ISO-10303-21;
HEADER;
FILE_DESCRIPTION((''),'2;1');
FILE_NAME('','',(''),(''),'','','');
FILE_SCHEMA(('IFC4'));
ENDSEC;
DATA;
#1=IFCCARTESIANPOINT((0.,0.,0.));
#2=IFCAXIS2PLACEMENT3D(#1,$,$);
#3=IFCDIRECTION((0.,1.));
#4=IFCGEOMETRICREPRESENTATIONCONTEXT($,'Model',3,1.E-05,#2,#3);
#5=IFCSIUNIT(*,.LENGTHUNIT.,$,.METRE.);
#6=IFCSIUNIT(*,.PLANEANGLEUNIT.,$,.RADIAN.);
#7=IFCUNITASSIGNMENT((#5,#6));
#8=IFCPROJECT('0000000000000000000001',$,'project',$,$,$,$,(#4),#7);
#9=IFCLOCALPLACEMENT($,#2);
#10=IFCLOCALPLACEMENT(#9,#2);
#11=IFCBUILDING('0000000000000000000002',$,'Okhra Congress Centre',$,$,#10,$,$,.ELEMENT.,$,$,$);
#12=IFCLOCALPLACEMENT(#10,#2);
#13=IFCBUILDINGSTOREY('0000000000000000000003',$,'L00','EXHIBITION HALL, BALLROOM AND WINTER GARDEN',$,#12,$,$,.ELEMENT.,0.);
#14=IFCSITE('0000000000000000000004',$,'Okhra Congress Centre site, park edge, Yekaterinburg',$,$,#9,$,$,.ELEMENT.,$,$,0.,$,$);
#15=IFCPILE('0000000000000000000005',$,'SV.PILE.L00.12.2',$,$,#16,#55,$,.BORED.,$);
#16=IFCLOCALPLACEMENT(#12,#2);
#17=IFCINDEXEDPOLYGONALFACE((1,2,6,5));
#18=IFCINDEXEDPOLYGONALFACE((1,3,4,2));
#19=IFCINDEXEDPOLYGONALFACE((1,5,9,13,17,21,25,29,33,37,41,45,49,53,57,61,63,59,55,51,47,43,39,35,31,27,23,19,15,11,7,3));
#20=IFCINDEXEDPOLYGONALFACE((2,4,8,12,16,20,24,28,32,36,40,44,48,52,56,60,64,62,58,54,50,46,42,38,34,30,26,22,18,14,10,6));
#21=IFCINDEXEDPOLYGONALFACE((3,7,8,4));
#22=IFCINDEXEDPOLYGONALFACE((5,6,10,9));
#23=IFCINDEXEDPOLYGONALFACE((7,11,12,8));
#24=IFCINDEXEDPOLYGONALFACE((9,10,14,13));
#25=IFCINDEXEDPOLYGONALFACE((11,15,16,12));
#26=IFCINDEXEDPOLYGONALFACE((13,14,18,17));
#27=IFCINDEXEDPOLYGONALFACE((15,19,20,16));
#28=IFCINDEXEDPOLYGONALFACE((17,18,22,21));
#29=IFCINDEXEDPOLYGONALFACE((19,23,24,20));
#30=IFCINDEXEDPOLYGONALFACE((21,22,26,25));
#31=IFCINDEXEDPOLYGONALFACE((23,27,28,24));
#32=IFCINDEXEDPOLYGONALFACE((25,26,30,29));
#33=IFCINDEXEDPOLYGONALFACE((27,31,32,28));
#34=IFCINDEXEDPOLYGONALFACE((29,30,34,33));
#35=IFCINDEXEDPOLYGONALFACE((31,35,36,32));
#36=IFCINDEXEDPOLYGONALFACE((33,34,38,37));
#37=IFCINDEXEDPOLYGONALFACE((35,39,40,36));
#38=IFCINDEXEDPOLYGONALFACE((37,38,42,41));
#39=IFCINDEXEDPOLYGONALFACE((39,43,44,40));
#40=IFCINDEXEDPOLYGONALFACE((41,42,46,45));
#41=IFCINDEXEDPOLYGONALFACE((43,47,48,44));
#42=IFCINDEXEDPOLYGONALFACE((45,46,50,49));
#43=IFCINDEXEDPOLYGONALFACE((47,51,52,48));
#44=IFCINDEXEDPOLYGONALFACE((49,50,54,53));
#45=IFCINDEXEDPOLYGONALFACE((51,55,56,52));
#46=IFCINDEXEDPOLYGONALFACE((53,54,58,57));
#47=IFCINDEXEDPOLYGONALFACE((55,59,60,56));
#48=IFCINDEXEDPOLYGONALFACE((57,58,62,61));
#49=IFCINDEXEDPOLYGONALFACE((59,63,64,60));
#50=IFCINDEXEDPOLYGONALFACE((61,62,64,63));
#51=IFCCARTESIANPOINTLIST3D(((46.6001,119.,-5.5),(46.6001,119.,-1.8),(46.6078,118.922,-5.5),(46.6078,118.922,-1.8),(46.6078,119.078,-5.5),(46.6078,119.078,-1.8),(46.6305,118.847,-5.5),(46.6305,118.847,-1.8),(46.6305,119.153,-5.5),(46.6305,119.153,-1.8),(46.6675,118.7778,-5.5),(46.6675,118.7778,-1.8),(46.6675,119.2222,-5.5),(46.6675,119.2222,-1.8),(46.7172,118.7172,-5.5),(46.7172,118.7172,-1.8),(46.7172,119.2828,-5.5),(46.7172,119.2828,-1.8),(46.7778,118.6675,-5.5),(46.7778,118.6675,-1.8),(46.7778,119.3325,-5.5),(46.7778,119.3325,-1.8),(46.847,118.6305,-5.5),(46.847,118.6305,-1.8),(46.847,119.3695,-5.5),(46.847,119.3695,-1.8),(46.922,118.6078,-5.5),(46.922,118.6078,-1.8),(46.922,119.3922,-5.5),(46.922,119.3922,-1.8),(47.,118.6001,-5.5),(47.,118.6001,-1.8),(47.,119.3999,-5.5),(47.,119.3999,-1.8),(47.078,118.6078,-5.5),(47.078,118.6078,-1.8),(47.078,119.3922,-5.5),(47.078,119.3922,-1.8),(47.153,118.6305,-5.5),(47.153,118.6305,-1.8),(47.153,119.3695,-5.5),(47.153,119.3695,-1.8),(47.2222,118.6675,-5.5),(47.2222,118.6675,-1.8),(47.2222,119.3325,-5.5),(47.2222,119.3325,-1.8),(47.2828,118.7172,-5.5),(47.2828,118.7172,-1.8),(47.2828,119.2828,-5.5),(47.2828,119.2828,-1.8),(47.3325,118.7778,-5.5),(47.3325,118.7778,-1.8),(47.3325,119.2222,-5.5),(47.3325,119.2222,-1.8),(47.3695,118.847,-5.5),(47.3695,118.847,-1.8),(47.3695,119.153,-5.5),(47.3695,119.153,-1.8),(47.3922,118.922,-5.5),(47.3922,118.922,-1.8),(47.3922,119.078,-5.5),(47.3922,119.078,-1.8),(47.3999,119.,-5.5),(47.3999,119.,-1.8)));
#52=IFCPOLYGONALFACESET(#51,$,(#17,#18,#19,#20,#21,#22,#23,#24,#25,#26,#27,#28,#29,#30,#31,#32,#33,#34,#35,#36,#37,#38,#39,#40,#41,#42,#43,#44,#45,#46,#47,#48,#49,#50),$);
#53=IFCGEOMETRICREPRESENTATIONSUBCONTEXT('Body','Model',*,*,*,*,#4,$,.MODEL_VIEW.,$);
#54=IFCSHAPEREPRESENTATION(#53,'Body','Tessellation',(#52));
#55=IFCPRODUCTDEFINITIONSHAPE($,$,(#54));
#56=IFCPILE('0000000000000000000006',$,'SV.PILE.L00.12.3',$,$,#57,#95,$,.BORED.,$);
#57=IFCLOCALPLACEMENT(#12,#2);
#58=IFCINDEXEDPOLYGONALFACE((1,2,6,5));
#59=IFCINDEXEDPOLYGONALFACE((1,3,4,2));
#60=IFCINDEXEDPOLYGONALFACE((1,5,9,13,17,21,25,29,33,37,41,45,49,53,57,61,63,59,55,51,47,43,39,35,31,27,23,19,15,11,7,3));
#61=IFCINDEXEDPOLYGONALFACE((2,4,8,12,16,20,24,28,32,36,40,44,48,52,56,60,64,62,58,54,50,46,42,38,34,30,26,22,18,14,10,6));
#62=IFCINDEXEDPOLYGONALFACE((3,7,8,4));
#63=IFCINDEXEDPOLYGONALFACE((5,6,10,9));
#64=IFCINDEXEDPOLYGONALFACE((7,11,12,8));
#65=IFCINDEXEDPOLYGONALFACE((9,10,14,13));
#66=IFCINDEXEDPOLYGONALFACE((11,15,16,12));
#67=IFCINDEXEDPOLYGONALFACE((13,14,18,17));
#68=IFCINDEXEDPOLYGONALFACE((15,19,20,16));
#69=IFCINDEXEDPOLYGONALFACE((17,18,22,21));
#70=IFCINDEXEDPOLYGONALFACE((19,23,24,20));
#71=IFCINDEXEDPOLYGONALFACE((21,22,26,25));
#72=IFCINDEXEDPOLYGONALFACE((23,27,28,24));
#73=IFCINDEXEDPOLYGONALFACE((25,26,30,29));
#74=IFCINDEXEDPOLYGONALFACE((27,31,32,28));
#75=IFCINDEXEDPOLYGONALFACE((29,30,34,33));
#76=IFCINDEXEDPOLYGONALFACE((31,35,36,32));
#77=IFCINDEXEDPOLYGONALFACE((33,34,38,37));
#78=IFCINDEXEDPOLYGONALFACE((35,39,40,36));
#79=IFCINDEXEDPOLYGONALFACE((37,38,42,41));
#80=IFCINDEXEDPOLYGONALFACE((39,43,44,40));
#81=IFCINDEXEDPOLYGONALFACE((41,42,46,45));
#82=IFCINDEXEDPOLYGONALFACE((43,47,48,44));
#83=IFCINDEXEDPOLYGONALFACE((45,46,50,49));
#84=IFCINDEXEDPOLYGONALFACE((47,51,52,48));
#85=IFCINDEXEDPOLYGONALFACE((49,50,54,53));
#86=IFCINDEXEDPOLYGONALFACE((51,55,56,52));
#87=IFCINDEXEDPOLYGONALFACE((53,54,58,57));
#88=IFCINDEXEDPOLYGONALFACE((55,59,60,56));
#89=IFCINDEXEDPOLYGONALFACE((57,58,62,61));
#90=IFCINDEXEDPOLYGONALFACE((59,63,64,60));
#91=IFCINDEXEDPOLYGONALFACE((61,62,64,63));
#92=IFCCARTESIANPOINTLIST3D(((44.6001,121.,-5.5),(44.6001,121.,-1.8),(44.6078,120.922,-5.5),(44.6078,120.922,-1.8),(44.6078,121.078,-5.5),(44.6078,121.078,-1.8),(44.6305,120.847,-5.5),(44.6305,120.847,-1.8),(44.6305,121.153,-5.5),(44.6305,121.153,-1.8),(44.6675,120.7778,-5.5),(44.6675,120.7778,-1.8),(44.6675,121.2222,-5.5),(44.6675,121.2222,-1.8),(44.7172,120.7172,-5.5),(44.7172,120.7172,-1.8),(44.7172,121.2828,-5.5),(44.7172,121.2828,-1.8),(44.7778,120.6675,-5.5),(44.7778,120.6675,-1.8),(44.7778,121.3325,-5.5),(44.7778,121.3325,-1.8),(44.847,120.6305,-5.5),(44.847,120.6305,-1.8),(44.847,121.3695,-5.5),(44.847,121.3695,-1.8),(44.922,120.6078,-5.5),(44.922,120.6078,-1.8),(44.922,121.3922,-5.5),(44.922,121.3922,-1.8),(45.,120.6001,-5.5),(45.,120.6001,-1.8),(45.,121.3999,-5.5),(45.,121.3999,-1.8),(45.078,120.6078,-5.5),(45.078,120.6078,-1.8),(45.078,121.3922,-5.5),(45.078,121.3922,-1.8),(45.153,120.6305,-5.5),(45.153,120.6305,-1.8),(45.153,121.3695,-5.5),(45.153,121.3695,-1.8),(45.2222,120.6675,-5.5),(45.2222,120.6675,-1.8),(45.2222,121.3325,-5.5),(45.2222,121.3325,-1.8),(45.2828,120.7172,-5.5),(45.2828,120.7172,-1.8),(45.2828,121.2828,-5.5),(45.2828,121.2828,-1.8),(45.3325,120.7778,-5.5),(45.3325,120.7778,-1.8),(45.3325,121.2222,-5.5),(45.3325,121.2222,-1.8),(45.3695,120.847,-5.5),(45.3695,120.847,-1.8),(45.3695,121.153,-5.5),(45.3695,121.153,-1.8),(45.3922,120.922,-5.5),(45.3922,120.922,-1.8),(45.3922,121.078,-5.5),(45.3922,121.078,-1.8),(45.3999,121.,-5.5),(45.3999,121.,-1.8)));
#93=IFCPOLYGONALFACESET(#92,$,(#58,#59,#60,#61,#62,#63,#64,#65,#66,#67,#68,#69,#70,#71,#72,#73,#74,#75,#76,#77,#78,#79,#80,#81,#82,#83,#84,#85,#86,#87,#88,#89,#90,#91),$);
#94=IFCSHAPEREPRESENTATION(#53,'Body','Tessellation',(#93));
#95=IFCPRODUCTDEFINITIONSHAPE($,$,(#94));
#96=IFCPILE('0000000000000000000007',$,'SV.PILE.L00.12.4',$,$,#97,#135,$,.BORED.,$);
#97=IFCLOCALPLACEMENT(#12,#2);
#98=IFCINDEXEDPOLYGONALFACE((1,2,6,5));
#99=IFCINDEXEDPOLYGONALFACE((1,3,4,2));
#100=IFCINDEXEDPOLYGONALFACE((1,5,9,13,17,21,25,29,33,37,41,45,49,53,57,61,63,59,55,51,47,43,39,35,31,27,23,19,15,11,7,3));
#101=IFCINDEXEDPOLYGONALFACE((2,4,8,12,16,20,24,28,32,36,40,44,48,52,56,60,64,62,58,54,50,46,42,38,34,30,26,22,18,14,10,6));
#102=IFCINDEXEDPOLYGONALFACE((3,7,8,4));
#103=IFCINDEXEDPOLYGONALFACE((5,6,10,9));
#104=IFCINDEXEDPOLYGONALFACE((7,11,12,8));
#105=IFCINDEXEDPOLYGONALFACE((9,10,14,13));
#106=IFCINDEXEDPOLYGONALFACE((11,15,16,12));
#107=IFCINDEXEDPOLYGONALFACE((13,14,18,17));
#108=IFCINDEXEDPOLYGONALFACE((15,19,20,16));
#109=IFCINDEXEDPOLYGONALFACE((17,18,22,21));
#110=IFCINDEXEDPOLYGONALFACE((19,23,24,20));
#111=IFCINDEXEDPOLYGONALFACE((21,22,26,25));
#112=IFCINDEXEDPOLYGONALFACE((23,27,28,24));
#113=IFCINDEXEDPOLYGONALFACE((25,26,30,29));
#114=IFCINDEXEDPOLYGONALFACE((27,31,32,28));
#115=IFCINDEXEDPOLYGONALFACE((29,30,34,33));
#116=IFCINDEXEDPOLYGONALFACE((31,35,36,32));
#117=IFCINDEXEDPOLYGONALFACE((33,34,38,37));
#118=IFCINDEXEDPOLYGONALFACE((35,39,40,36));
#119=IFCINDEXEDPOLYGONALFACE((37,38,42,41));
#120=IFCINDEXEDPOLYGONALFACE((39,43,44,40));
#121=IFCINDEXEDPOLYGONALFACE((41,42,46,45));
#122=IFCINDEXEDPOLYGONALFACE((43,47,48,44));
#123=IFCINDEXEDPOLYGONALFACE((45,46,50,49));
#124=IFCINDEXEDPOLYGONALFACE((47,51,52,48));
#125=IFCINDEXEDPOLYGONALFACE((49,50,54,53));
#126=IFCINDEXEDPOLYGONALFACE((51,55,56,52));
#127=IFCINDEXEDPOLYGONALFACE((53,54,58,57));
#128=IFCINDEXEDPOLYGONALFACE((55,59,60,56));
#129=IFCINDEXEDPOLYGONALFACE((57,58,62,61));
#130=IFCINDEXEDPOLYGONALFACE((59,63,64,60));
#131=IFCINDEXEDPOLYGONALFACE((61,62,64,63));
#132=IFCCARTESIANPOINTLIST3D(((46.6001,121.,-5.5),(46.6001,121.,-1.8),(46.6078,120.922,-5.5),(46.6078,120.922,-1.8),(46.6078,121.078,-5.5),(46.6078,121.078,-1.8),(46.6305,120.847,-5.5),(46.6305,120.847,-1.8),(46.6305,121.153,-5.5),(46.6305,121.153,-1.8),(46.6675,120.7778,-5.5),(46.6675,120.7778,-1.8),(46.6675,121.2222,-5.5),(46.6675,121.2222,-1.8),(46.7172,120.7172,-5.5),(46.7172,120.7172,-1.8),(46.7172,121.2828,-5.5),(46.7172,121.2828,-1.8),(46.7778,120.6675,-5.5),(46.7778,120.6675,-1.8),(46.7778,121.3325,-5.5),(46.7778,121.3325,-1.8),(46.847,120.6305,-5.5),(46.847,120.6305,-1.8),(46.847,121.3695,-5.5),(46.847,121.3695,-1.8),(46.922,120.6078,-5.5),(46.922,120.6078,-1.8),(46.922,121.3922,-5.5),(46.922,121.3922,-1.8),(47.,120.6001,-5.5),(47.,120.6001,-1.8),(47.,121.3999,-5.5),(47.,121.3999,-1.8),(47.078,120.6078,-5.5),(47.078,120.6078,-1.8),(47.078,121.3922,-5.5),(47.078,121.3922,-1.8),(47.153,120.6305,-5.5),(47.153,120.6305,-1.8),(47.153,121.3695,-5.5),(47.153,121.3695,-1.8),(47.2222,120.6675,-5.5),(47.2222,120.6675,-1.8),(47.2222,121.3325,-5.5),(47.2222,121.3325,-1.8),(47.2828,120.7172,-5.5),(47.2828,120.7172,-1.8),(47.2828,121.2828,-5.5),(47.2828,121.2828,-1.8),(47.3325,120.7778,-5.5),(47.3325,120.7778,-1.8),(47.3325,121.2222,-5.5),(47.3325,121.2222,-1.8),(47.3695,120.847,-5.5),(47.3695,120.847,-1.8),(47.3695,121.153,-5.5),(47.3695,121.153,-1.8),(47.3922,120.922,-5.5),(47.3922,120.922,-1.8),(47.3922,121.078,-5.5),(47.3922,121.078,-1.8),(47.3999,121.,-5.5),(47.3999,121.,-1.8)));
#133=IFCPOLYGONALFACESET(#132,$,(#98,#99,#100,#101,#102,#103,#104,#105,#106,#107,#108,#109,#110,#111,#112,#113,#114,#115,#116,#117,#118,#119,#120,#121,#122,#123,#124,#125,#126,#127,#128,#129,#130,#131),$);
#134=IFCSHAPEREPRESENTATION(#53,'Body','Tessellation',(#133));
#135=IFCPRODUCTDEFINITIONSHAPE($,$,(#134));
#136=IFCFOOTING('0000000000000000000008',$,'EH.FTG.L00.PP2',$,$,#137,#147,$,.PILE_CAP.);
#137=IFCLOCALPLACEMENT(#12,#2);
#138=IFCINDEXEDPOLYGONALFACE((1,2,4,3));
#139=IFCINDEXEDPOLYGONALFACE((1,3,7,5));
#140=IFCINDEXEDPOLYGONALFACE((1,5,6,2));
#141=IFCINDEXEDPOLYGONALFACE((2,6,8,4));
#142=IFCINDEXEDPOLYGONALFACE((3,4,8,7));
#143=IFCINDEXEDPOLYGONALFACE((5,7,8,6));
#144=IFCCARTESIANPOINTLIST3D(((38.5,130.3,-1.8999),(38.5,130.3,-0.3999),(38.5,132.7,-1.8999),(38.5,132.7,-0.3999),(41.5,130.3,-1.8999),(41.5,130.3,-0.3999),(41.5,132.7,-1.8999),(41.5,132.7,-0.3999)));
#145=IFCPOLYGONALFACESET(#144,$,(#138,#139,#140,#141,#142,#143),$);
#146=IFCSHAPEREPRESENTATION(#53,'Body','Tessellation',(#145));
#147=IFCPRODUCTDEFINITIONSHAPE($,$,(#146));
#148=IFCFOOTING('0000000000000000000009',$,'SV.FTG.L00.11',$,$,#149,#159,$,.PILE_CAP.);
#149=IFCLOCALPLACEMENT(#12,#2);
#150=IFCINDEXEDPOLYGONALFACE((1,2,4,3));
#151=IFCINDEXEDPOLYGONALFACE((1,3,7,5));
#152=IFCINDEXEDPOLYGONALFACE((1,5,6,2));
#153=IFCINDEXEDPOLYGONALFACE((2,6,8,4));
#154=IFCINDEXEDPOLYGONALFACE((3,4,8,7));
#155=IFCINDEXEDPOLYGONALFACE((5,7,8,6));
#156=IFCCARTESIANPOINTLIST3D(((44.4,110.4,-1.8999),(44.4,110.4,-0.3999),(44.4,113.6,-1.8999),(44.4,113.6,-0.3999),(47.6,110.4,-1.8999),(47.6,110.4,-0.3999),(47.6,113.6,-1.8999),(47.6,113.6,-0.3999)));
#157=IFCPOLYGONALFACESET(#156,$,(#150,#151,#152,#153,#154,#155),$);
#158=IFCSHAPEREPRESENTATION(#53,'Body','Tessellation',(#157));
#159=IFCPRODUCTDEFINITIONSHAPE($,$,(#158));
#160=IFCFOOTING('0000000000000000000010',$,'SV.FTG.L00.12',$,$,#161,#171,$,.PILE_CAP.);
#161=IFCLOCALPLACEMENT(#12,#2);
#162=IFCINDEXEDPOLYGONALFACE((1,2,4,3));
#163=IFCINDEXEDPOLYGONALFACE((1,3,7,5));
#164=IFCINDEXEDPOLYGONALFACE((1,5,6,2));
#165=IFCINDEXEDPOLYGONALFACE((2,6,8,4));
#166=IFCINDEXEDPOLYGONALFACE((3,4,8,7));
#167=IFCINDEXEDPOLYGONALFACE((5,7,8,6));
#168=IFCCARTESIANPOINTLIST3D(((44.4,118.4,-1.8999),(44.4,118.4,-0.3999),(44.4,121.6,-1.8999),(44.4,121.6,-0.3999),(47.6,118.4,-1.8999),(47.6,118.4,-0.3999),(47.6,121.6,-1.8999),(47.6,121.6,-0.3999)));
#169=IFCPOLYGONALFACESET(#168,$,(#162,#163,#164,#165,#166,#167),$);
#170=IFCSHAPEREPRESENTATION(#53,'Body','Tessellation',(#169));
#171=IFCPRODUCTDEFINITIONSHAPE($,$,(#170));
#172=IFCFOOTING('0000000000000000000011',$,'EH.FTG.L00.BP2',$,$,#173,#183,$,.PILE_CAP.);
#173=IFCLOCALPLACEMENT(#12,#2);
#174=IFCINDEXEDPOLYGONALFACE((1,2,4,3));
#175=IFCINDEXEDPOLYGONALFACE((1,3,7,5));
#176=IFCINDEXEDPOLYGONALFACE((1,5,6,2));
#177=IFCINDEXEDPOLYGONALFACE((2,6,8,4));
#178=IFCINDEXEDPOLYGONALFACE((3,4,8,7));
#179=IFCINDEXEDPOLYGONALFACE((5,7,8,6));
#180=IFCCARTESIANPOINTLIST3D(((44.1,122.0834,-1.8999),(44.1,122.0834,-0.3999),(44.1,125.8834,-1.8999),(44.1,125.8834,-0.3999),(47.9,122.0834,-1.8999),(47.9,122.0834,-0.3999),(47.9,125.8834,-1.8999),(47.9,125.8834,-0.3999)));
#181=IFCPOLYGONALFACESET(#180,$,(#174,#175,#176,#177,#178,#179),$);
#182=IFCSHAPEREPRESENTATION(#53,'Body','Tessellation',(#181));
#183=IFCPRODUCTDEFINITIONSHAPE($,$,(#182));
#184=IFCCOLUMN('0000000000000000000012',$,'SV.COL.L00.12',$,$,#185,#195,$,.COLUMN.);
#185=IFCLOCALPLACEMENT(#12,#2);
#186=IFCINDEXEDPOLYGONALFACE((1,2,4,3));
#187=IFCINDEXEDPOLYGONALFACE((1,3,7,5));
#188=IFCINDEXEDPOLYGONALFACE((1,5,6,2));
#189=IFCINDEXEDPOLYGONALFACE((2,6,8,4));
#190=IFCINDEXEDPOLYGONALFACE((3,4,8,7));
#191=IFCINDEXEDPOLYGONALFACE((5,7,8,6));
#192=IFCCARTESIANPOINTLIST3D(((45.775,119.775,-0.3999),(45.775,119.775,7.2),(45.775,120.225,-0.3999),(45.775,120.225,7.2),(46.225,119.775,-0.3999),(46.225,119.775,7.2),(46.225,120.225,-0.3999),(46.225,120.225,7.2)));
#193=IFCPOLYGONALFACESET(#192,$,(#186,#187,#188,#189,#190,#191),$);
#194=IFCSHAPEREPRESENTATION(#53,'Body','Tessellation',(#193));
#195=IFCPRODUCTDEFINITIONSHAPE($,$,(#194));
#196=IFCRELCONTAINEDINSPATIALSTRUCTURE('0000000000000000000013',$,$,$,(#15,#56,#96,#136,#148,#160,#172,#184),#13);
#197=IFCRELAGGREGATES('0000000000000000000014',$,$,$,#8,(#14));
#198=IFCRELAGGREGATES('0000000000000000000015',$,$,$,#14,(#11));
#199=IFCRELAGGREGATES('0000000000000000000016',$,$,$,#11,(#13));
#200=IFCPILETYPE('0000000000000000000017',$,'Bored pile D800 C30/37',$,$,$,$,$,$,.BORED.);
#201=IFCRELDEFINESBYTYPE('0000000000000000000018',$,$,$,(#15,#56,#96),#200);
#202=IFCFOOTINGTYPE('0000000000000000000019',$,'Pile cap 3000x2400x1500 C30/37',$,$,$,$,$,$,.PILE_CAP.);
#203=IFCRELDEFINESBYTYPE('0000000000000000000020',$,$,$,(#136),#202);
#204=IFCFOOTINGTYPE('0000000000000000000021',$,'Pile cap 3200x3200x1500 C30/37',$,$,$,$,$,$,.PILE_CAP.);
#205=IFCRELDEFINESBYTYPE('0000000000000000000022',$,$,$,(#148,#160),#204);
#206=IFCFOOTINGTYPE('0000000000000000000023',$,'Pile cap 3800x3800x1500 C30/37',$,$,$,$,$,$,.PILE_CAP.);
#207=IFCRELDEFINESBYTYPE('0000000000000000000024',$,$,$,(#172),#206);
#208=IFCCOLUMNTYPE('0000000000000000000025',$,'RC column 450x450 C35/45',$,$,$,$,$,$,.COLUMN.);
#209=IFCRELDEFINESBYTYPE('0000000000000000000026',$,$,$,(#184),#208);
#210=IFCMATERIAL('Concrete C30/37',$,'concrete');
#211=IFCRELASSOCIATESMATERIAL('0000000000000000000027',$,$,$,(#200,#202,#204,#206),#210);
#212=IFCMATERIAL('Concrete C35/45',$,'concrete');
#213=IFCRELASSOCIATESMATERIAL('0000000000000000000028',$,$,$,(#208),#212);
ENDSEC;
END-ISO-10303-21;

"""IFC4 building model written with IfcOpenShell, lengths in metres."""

from ifc_helpers import new_model, si_unit, direction, frame, origin, origin_2d, place, context, subcontext, project, spatial, rectangle, circle, extrude, material, material_profile, profile_set, type_object, element, save


model = new_model("IFC4")

# Units and contexts
model_context = context("Model", 3, precision=1e-05, world=origin(), true_north=direction((0.0, 1.0)))
body_context = subcontext(model_context, "Body", "Model", "MODEL_VIEW")
ifc_project = project(units=[si_unit("LENGTHUNIT", "METRE"), si_unit("PLANEANGLEUNIT", "RADIAN")], contexts=[model_context])

# Site, building, storey
site_placement = place(None, origin())
site = spatial("IfcSite", under=ifc_project, at=site_placement, Name="Okhra Congress Centre site, park edge, Yekaterinburg", CompositionType="ELEMENT", RefElevation=0.0)
building_placement = place(site_placement, origin())
building = spatial("IfcBuilding", under=site, at=building_placement, Name="Okhra Congress Centre", CompositionType="ELEMENT")
storey_placement = place(building_placement, origin())
storey = spatial("IfcBuildingStorey", under=building, at=storey_placement, Name="L00", Description="EXHIBITION HALL, BALLROOM AND WINTER GARDEN", CompositionType="ELEMENT", Elevation=0.0)

# Piles
ifc_material_1 = material(Name="Concrete C30/37", Category="concrete")
ifc_material_profile_1 = material_profile(ifc_material_1, circle(Radius=0.3999, at=origin_2d()), Name="D800")
ifc_profile_set_1 = profile_set([ifc_material_profile_1], Name="Concrete C30/37")
pile_type_1 = type_object("IfcPileType", Name="Bored pile D800 C30/37", PredefinedType="BORED", material=ifc_profile_set_1)
for number, where, z_axis, x_axis, name in (
    (1, (47.0, 119.0, -1.8), (0.0, 0.0, -1.0), (1.0, 0.0, 0.0), "SV.PILE.L00.12.2"),
    (2, (45.0, 121.0, -1.8), (0.0, 0.0, -1.0), (1.0, 0.0, 0.0), "SV.PILE.L00.12.3"),
    (3, (47.0, 121.0, -1.8), (0.0, 0.0, -1.0), (1.0, 0.0, 0.0), "SV.PILE.L00.12.4"),
):
    element("IfcPile", number, at=place(storey_placement, frame(where, z_axis=z_axis, x_axis=x_axis)), inside=storey, type_object=pile_type_1, Name=name, PredefinedType="BORED", context=body_context, shape_type="SweptSolid", body=[
        extrude(circle(Radius=0.3999, at=origin_2d()), origin(), (0.0, 0.0, 1.0), 3.7),
    ])

# Footings
footing_type_1 = type_object("IfcFootingType", Name="Pile cap 3000x2400x1500 C30/37", PredefinedType="PILE_CAP", material=ifc_material_1)
footing_1_placement = place(storey_placement, frame((40.0, 131.5, -1.8999), z_axis=(0.0, 0.0, 1.0), x_axis=(1.0, 0.0, 0.0)))
element("IfcFooting", 4, at=footing_1_placement, inside=storey, type_object=footing_type_1, Name="EH.FTG.L00.PP2", PredefinedType="PILE_CAP", context=body_context, shape_type="SweptSolid", body=[
    extrude(rectangle(XDim=3.0, YDim=2.3999, at=origin_2d()), origin(), (0.0, 0.0, 1.0), 1.5),
])
footing_type_2 = type_object("IfcFootingType", Name="Pile cap 3200x3200x1500 C30/37", PredefinedType="PILE_CAP", material=ifc_material_1)
for number, where, z_axis, x_axis, name in (
    (5, (46.0, 112.0, -1.8999), (0.0, 0.0, 1.0), (1.0, 0.0, 0.0), "SV.FTG.L00.11"),
    (6, (46.0, 120.0, -1.8999), (0.0, 0.0, 1.0), (1.0, 0.0, 0.0), "SV.FTG.L00.12"),
):
    element("IfcFooting", number, at=place(storey_placement, frame(where, z_axis=z_axis, x_axis=x_axis)), inside=storey, type_object=footing_type_2, Name=name, PredefinedType="PILE_CAP", context=body_context, shape_type="SweptSolid", body=[
        extrude(rectangle(XDim=3.2, YDim=3.2, at=origin_2d()), origin(), (0.0, 0.0, 1.0), 1.5),
    ])
footing_type_3 = type_object("IfcFootingType", Name="Pile cap 3800x3800x1500 C30/37", PredefinedType="PILE_CAP", material=ifc_material_1)
footing_2_placement = place(storey_placement, frame((46.0, 123.9834, -1.8999), z_axis=(0.0, 0.0, 1.0), x_axis=(1.0, 0.0, 0.0)))
element("IfcFooting", 7, at=footing_2_placement, inside=storey, type_object=footing_type_3, Name="EH.FTG.L00.BP2", PredefinedType="PILE_CAP", context=body_context, shape_type="SweptSolid", body=[
    extrude(rectangle(XDim=3.8, YDim=3.8, at=origin_2d()), origin(), (0.0, 0.0, 1.0), 1.5),
])

# Column
ifc_material_2 = material(Name="Concrete C35/45", Category="concrete")
ifc_material_profile_2 = material_profile(ifc_material_2, rectangle(XDim=0.45, YDim=0.45, at=origin_2d()), Name="RC 450x450")
ifc_profile_set_2 = profile_set([ifc_material_profile_2], Name="Concrete C35/45")
column_type_1 = type_object("IfcColumnType", Name="RC column 450x450 C35/45", PredefinedType="COLUMN", material=ifc_profile_set_2)
column_1_placement = place(storey_placement, frame((46.0, 120.0, -0.3999), z_axis=(0.0, 0.0, 1.0), x_axis=(1.0, 0.0, 0.0)))
element("IfcColumn", 8, at=column_1_placement, inside=storey, type_object=column_type_1, Name="SV.COL.L00.12", PredefinedType="COLUMN", context=body_context, shape_type="SweptSolid", body=[
    extrude(rectangle(XDim=0.45, YDim=0.45, at=origin_2d()), origin(), (0.0, 0.0, 1.0), 7.5999),
])

save(model, "model.ifc")
